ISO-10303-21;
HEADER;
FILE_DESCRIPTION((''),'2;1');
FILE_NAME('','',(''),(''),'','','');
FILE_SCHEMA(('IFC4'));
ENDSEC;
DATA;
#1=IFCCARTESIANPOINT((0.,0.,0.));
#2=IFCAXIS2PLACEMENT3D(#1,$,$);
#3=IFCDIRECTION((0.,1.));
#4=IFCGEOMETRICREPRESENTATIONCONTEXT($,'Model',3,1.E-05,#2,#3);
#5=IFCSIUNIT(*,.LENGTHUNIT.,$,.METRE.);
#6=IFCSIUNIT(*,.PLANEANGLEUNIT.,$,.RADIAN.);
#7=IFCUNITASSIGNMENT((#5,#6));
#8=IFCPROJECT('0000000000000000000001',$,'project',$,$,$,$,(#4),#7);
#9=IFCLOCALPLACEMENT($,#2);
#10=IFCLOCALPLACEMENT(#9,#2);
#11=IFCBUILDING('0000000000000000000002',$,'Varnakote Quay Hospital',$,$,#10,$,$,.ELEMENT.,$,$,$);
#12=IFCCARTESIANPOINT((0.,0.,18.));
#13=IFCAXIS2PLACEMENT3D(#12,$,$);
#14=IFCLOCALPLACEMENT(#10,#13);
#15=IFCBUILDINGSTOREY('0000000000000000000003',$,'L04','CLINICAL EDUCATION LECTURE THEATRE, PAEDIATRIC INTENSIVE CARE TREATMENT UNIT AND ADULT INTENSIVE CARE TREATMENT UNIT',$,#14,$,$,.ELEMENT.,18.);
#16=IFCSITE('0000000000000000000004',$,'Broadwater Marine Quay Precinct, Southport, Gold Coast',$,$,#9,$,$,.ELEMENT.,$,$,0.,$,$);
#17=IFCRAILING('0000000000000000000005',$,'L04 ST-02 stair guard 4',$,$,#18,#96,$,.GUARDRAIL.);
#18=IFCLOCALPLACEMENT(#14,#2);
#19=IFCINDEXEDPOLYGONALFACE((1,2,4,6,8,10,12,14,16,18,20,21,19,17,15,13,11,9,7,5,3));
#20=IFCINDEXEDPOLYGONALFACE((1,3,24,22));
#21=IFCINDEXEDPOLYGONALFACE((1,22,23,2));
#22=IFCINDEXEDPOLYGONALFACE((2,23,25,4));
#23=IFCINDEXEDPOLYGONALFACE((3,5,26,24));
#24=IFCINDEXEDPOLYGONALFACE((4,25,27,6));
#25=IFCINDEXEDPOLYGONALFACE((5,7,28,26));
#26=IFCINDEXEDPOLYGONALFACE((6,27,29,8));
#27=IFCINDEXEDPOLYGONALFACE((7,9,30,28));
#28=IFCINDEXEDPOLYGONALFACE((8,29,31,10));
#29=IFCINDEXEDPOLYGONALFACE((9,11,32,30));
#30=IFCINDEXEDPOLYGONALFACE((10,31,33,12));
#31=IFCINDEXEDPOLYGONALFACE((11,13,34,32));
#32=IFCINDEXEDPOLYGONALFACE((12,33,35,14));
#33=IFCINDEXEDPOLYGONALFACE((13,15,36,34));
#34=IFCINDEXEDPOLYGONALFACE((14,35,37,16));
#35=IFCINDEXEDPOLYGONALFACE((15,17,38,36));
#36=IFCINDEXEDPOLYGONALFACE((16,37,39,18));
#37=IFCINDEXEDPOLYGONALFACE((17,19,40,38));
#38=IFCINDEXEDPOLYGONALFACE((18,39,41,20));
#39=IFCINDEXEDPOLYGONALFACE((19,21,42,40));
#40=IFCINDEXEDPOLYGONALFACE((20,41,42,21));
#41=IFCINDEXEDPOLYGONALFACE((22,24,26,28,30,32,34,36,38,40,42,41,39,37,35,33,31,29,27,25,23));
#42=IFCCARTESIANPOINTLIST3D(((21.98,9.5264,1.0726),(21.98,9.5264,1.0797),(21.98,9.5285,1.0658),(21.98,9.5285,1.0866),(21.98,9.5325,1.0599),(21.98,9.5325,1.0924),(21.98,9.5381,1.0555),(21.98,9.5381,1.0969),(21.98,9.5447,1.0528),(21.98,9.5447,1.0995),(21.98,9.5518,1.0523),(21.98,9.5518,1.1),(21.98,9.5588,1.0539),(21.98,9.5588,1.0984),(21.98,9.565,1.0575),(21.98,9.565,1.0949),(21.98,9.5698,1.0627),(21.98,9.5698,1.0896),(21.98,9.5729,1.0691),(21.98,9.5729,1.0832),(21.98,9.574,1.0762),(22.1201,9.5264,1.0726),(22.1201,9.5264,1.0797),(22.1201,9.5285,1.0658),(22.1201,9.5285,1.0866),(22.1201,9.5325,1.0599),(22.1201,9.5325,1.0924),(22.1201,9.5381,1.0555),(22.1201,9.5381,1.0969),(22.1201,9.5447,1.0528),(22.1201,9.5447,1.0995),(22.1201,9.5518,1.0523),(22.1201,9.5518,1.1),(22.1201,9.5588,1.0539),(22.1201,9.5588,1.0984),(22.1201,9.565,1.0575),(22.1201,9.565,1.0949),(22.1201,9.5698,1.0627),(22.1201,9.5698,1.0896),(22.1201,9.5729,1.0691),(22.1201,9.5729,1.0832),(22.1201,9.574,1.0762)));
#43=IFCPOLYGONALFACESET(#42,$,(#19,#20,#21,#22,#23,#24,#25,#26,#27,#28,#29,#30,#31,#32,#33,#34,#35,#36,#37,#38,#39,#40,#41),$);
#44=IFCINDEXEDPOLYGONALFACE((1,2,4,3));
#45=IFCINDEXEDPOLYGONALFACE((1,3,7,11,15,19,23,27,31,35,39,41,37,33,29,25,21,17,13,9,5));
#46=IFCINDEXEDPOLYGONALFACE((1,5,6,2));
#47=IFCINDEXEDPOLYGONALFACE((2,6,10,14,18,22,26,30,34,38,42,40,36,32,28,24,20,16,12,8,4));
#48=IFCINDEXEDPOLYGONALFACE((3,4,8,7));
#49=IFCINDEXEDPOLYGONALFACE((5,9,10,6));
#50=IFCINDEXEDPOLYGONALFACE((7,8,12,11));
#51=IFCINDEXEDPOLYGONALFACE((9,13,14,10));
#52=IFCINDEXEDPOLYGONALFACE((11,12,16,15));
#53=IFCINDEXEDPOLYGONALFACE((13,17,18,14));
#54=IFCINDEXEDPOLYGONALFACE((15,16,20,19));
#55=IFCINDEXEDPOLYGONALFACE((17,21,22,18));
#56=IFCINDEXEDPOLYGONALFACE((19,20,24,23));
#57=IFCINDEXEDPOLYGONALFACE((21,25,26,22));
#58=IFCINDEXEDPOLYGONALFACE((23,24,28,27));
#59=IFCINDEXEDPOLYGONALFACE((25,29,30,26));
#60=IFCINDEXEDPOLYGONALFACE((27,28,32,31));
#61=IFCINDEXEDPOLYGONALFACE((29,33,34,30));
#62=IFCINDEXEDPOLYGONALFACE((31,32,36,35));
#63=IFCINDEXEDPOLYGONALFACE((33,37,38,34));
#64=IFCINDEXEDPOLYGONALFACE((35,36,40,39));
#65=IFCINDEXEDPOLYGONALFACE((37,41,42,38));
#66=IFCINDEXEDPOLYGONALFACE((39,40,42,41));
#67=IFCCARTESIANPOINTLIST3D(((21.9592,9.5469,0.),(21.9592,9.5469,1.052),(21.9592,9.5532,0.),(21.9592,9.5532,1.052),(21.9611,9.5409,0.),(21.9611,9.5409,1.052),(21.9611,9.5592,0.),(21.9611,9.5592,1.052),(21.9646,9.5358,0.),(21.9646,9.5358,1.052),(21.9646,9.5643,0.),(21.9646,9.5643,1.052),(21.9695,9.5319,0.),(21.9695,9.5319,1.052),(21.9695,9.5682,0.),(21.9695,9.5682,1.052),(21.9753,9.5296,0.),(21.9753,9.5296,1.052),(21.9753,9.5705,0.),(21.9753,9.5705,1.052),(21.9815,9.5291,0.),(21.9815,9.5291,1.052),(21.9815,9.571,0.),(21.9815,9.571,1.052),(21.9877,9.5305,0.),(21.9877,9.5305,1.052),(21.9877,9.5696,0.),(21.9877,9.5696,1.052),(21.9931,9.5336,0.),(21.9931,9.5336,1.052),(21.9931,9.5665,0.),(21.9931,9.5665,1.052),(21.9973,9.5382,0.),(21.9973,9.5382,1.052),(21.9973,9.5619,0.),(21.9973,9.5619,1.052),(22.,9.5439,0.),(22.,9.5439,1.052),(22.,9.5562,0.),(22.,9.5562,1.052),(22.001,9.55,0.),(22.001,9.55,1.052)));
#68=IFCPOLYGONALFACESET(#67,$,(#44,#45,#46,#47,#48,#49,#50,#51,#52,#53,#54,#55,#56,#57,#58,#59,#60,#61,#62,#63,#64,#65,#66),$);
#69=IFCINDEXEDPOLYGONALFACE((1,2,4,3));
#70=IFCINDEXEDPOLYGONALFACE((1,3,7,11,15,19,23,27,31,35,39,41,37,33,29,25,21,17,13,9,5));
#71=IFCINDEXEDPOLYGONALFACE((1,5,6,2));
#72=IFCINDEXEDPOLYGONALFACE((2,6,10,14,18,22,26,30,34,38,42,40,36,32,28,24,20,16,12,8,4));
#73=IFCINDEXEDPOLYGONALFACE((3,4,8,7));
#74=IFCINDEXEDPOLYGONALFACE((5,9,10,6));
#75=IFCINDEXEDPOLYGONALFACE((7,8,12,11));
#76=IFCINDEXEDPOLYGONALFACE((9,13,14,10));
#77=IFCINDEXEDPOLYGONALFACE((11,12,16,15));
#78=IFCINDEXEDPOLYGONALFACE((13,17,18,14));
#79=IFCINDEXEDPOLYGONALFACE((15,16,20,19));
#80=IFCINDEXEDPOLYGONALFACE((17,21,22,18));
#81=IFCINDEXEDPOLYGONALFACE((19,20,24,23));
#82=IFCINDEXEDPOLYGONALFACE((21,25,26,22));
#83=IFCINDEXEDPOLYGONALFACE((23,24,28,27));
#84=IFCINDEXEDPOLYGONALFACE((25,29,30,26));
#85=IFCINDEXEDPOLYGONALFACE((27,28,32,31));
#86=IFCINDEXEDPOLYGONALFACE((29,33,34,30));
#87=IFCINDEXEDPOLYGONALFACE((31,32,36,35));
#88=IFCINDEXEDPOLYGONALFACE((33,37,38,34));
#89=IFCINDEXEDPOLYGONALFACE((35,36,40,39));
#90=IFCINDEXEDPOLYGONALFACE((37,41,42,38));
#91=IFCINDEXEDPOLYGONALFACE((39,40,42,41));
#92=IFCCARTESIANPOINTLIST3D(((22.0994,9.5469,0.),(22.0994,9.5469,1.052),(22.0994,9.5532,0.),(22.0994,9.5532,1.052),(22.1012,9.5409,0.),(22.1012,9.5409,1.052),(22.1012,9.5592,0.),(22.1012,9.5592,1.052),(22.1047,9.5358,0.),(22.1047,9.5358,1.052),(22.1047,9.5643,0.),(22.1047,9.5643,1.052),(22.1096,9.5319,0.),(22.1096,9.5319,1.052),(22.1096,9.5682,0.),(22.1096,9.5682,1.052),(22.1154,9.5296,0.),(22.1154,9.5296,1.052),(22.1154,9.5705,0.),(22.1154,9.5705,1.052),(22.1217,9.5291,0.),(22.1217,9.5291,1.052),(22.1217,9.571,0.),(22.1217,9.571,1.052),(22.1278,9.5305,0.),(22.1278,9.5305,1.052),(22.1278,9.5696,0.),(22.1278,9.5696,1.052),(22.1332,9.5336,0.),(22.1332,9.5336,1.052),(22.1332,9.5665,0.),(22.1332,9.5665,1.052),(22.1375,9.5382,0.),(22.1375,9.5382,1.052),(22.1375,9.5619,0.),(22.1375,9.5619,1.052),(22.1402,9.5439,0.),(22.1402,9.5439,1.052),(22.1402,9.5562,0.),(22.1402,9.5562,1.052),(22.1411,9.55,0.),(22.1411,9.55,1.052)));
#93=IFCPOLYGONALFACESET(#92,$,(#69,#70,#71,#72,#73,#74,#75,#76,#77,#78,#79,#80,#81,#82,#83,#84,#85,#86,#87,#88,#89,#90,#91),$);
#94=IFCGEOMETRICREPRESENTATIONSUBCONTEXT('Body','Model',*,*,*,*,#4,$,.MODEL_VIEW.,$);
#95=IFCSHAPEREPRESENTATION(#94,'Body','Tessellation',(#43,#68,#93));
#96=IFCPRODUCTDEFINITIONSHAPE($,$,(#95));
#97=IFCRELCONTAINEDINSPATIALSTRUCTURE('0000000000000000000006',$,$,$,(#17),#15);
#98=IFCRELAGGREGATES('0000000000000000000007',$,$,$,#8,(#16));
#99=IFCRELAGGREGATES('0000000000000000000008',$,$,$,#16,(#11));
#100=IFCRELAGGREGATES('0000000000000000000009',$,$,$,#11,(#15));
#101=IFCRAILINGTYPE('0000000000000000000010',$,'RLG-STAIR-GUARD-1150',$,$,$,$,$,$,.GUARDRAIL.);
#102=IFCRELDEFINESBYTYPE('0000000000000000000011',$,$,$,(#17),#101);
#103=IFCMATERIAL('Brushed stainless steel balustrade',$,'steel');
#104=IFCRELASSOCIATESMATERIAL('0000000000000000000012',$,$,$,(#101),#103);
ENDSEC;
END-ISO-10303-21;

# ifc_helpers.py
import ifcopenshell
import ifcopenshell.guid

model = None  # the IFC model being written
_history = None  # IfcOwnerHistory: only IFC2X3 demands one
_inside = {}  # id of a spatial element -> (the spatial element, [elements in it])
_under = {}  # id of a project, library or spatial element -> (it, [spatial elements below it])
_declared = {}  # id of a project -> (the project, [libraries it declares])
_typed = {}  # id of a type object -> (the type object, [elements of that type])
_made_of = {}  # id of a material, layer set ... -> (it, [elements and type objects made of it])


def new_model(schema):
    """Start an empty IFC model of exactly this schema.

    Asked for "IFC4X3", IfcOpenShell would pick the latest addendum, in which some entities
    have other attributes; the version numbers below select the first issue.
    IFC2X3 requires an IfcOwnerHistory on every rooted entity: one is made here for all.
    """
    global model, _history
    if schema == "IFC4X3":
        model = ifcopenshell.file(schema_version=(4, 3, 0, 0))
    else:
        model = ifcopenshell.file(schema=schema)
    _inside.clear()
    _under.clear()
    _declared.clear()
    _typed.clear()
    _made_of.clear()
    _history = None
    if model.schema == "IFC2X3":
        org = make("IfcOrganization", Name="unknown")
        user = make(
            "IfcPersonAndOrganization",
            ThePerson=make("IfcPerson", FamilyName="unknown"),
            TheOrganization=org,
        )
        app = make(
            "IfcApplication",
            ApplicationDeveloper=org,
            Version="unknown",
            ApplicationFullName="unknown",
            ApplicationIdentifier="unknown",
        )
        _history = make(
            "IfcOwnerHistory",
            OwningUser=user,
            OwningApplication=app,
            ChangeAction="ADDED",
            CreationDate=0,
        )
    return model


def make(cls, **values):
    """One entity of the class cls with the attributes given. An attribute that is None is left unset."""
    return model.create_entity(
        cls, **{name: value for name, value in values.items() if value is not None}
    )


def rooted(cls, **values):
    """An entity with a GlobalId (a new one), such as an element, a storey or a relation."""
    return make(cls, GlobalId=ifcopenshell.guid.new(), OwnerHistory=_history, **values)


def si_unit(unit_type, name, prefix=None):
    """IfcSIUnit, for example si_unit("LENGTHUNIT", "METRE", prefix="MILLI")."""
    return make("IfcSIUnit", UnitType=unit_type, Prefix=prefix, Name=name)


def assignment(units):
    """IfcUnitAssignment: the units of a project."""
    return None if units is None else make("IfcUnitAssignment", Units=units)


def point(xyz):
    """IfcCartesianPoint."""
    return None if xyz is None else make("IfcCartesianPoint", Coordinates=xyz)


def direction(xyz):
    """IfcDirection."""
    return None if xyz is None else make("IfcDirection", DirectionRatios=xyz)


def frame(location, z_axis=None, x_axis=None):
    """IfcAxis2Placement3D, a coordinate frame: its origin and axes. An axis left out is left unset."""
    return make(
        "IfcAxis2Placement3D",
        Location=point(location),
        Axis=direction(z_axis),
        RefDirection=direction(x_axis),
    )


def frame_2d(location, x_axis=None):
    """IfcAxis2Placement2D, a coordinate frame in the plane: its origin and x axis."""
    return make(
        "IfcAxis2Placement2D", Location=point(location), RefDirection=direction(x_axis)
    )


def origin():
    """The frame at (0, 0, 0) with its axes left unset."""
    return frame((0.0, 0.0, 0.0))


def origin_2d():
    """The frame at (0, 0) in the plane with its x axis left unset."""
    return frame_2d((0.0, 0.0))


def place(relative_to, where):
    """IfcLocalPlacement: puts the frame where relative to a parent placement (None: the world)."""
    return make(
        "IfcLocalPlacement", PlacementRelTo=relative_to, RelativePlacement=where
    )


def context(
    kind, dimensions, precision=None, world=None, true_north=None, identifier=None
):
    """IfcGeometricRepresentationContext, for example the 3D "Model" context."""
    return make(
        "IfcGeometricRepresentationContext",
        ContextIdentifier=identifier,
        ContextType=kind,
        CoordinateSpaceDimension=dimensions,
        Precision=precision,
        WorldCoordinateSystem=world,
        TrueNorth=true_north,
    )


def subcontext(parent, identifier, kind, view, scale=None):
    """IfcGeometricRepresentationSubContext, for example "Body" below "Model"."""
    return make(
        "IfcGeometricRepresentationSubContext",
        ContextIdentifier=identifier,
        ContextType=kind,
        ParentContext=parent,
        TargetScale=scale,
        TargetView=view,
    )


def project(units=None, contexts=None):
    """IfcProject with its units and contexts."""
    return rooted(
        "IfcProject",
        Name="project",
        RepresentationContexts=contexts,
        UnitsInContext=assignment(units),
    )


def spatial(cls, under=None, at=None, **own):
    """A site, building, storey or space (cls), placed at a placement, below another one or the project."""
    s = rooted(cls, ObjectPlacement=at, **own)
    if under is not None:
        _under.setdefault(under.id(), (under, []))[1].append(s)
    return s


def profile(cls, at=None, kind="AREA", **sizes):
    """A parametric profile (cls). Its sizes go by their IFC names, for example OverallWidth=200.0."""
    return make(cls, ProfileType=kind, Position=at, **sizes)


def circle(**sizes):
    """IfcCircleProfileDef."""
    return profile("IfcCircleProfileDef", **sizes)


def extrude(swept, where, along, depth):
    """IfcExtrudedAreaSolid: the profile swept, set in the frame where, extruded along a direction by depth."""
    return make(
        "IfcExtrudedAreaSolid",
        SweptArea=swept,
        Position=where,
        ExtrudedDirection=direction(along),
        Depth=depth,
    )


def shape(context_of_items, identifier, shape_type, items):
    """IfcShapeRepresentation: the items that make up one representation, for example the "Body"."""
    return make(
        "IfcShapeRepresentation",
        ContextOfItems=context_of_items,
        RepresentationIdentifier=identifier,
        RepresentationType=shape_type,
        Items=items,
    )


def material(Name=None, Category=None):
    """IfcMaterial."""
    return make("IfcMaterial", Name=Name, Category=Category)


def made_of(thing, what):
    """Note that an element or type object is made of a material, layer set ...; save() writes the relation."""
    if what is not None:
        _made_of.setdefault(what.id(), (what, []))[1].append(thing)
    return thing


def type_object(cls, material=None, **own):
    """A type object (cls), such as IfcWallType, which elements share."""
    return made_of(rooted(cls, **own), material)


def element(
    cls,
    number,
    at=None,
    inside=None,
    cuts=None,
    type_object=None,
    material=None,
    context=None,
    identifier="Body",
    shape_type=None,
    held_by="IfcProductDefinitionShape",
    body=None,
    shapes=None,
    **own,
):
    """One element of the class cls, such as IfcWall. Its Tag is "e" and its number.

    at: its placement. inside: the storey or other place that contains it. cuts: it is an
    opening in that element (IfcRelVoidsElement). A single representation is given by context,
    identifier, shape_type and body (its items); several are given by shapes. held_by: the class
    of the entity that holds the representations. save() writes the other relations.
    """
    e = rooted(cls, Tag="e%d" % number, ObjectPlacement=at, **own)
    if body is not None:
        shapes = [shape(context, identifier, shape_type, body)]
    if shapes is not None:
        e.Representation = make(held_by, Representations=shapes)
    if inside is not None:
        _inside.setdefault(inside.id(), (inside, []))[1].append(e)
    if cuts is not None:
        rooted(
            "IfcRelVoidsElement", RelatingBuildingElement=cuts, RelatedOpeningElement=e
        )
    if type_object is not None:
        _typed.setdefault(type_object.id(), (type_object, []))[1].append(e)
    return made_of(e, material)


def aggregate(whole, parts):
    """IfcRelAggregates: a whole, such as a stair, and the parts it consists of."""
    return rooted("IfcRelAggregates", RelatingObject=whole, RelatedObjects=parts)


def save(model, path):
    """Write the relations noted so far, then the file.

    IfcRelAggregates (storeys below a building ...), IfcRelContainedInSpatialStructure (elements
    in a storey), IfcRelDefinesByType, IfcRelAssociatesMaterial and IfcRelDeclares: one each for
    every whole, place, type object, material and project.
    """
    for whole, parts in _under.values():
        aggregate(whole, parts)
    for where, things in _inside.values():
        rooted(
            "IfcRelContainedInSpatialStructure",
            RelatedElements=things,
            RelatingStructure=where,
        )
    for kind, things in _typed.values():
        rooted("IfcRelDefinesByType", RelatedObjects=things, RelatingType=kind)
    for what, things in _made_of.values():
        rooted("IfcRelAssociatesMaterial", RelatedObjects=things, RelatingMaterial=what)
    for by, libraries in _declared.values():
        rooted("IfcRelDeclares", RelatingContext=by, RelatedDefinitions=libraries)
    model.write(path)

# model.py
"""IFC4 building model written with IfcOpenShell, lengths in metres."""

from ifc_helpers import new_model, si_unit, direction, frame, origin, origin_2d, place, context, subcontext, project, spatial, circle, extrude, material, type_object, element, save


model = new_model("IFC4")

# Units and contexts
model_context = context("Model", 3, precision=1e-05, world=origin(), true_north=direction((0.0, 1.0)))
body_context = subcontext(model_context, "Body", "Model", "MODEL_VIEW")
ifc_project = project(units=[si_unit("LENGTHUNIT", "METRE"), si_unit("PLANEANGLEUNIT", "RADIAN")], contexts=[model_context])

# Site, building, storey
site_placement = place(None, origin())
site = spatial("IfcSite", under=ifc_project, at=site_placement, Name="Broadwater Marine Quay Precinct, Southport, Gold Coast", CompositionType="ELEMENT", RefElevation=0.0)
building_placement = place(site_placement, origin())
building = spatial("IfcBuilding", under=site, at=building_placement, Name="Varnakote Quay Hospital", CompositionType="ELEMENT")
storey_placement = place(building_placement, frame((0.0, 0.0, 18.0)))
storey = spatial("IfcBuildingStorey", under=building, at=storey_placement, Name="L04", Description="CLINICAL EDUCATION LECTURE THEATRE, PAEDIATRIC INTENSIVE CARE TREATMENT UNIT AND ADULT INTENSIVE CARE TREATMENT UNIT", CompositionType="ELEMENT", Elevation=18.0)

# Railing
ifc_material_1 = material(Name="Brushed stainless steel balustrade", Category="steel")
railing_type_1 = type_object("IfcRailingType", Name="RLG-STAIR-GUARD-1150", PredefinedType="GUARDRAIL", material=ifc_material_1)
railing_1_placement = place(storey_placement, frame((21.98, 9.55, 0.0)))
element("IfcRailing", 1, at=railing_1_placement, inside=storey, type_object=railing_type_1, Name="L04 ST-02 stair guard 4", PredefinedType="GUARDRAIL", context=body_context, shape_type="SweptSolid", body=[
    extrude(circle(Radius=0.0239, at=origin_2d()), frame((0.0, 0.0, 1.0762), z_axis=(1.0, 0.0, 0.0), x_axis=(0.0, 1.0, 0.0)), (0.0, 0.0, 1.0), 0.1401),
    extrude(circle(Radius=0.021, at=origin_2d()), origin(), (0.0, 0.0, 1.0), 1.052),
    extrude(circle(Radius=0.021, at=origin_2d()), frame((0.1401, 0.0, 0.0)), (0.0, 0.0, 1.0), 1.052),
])

save(model, "model.ifc")
